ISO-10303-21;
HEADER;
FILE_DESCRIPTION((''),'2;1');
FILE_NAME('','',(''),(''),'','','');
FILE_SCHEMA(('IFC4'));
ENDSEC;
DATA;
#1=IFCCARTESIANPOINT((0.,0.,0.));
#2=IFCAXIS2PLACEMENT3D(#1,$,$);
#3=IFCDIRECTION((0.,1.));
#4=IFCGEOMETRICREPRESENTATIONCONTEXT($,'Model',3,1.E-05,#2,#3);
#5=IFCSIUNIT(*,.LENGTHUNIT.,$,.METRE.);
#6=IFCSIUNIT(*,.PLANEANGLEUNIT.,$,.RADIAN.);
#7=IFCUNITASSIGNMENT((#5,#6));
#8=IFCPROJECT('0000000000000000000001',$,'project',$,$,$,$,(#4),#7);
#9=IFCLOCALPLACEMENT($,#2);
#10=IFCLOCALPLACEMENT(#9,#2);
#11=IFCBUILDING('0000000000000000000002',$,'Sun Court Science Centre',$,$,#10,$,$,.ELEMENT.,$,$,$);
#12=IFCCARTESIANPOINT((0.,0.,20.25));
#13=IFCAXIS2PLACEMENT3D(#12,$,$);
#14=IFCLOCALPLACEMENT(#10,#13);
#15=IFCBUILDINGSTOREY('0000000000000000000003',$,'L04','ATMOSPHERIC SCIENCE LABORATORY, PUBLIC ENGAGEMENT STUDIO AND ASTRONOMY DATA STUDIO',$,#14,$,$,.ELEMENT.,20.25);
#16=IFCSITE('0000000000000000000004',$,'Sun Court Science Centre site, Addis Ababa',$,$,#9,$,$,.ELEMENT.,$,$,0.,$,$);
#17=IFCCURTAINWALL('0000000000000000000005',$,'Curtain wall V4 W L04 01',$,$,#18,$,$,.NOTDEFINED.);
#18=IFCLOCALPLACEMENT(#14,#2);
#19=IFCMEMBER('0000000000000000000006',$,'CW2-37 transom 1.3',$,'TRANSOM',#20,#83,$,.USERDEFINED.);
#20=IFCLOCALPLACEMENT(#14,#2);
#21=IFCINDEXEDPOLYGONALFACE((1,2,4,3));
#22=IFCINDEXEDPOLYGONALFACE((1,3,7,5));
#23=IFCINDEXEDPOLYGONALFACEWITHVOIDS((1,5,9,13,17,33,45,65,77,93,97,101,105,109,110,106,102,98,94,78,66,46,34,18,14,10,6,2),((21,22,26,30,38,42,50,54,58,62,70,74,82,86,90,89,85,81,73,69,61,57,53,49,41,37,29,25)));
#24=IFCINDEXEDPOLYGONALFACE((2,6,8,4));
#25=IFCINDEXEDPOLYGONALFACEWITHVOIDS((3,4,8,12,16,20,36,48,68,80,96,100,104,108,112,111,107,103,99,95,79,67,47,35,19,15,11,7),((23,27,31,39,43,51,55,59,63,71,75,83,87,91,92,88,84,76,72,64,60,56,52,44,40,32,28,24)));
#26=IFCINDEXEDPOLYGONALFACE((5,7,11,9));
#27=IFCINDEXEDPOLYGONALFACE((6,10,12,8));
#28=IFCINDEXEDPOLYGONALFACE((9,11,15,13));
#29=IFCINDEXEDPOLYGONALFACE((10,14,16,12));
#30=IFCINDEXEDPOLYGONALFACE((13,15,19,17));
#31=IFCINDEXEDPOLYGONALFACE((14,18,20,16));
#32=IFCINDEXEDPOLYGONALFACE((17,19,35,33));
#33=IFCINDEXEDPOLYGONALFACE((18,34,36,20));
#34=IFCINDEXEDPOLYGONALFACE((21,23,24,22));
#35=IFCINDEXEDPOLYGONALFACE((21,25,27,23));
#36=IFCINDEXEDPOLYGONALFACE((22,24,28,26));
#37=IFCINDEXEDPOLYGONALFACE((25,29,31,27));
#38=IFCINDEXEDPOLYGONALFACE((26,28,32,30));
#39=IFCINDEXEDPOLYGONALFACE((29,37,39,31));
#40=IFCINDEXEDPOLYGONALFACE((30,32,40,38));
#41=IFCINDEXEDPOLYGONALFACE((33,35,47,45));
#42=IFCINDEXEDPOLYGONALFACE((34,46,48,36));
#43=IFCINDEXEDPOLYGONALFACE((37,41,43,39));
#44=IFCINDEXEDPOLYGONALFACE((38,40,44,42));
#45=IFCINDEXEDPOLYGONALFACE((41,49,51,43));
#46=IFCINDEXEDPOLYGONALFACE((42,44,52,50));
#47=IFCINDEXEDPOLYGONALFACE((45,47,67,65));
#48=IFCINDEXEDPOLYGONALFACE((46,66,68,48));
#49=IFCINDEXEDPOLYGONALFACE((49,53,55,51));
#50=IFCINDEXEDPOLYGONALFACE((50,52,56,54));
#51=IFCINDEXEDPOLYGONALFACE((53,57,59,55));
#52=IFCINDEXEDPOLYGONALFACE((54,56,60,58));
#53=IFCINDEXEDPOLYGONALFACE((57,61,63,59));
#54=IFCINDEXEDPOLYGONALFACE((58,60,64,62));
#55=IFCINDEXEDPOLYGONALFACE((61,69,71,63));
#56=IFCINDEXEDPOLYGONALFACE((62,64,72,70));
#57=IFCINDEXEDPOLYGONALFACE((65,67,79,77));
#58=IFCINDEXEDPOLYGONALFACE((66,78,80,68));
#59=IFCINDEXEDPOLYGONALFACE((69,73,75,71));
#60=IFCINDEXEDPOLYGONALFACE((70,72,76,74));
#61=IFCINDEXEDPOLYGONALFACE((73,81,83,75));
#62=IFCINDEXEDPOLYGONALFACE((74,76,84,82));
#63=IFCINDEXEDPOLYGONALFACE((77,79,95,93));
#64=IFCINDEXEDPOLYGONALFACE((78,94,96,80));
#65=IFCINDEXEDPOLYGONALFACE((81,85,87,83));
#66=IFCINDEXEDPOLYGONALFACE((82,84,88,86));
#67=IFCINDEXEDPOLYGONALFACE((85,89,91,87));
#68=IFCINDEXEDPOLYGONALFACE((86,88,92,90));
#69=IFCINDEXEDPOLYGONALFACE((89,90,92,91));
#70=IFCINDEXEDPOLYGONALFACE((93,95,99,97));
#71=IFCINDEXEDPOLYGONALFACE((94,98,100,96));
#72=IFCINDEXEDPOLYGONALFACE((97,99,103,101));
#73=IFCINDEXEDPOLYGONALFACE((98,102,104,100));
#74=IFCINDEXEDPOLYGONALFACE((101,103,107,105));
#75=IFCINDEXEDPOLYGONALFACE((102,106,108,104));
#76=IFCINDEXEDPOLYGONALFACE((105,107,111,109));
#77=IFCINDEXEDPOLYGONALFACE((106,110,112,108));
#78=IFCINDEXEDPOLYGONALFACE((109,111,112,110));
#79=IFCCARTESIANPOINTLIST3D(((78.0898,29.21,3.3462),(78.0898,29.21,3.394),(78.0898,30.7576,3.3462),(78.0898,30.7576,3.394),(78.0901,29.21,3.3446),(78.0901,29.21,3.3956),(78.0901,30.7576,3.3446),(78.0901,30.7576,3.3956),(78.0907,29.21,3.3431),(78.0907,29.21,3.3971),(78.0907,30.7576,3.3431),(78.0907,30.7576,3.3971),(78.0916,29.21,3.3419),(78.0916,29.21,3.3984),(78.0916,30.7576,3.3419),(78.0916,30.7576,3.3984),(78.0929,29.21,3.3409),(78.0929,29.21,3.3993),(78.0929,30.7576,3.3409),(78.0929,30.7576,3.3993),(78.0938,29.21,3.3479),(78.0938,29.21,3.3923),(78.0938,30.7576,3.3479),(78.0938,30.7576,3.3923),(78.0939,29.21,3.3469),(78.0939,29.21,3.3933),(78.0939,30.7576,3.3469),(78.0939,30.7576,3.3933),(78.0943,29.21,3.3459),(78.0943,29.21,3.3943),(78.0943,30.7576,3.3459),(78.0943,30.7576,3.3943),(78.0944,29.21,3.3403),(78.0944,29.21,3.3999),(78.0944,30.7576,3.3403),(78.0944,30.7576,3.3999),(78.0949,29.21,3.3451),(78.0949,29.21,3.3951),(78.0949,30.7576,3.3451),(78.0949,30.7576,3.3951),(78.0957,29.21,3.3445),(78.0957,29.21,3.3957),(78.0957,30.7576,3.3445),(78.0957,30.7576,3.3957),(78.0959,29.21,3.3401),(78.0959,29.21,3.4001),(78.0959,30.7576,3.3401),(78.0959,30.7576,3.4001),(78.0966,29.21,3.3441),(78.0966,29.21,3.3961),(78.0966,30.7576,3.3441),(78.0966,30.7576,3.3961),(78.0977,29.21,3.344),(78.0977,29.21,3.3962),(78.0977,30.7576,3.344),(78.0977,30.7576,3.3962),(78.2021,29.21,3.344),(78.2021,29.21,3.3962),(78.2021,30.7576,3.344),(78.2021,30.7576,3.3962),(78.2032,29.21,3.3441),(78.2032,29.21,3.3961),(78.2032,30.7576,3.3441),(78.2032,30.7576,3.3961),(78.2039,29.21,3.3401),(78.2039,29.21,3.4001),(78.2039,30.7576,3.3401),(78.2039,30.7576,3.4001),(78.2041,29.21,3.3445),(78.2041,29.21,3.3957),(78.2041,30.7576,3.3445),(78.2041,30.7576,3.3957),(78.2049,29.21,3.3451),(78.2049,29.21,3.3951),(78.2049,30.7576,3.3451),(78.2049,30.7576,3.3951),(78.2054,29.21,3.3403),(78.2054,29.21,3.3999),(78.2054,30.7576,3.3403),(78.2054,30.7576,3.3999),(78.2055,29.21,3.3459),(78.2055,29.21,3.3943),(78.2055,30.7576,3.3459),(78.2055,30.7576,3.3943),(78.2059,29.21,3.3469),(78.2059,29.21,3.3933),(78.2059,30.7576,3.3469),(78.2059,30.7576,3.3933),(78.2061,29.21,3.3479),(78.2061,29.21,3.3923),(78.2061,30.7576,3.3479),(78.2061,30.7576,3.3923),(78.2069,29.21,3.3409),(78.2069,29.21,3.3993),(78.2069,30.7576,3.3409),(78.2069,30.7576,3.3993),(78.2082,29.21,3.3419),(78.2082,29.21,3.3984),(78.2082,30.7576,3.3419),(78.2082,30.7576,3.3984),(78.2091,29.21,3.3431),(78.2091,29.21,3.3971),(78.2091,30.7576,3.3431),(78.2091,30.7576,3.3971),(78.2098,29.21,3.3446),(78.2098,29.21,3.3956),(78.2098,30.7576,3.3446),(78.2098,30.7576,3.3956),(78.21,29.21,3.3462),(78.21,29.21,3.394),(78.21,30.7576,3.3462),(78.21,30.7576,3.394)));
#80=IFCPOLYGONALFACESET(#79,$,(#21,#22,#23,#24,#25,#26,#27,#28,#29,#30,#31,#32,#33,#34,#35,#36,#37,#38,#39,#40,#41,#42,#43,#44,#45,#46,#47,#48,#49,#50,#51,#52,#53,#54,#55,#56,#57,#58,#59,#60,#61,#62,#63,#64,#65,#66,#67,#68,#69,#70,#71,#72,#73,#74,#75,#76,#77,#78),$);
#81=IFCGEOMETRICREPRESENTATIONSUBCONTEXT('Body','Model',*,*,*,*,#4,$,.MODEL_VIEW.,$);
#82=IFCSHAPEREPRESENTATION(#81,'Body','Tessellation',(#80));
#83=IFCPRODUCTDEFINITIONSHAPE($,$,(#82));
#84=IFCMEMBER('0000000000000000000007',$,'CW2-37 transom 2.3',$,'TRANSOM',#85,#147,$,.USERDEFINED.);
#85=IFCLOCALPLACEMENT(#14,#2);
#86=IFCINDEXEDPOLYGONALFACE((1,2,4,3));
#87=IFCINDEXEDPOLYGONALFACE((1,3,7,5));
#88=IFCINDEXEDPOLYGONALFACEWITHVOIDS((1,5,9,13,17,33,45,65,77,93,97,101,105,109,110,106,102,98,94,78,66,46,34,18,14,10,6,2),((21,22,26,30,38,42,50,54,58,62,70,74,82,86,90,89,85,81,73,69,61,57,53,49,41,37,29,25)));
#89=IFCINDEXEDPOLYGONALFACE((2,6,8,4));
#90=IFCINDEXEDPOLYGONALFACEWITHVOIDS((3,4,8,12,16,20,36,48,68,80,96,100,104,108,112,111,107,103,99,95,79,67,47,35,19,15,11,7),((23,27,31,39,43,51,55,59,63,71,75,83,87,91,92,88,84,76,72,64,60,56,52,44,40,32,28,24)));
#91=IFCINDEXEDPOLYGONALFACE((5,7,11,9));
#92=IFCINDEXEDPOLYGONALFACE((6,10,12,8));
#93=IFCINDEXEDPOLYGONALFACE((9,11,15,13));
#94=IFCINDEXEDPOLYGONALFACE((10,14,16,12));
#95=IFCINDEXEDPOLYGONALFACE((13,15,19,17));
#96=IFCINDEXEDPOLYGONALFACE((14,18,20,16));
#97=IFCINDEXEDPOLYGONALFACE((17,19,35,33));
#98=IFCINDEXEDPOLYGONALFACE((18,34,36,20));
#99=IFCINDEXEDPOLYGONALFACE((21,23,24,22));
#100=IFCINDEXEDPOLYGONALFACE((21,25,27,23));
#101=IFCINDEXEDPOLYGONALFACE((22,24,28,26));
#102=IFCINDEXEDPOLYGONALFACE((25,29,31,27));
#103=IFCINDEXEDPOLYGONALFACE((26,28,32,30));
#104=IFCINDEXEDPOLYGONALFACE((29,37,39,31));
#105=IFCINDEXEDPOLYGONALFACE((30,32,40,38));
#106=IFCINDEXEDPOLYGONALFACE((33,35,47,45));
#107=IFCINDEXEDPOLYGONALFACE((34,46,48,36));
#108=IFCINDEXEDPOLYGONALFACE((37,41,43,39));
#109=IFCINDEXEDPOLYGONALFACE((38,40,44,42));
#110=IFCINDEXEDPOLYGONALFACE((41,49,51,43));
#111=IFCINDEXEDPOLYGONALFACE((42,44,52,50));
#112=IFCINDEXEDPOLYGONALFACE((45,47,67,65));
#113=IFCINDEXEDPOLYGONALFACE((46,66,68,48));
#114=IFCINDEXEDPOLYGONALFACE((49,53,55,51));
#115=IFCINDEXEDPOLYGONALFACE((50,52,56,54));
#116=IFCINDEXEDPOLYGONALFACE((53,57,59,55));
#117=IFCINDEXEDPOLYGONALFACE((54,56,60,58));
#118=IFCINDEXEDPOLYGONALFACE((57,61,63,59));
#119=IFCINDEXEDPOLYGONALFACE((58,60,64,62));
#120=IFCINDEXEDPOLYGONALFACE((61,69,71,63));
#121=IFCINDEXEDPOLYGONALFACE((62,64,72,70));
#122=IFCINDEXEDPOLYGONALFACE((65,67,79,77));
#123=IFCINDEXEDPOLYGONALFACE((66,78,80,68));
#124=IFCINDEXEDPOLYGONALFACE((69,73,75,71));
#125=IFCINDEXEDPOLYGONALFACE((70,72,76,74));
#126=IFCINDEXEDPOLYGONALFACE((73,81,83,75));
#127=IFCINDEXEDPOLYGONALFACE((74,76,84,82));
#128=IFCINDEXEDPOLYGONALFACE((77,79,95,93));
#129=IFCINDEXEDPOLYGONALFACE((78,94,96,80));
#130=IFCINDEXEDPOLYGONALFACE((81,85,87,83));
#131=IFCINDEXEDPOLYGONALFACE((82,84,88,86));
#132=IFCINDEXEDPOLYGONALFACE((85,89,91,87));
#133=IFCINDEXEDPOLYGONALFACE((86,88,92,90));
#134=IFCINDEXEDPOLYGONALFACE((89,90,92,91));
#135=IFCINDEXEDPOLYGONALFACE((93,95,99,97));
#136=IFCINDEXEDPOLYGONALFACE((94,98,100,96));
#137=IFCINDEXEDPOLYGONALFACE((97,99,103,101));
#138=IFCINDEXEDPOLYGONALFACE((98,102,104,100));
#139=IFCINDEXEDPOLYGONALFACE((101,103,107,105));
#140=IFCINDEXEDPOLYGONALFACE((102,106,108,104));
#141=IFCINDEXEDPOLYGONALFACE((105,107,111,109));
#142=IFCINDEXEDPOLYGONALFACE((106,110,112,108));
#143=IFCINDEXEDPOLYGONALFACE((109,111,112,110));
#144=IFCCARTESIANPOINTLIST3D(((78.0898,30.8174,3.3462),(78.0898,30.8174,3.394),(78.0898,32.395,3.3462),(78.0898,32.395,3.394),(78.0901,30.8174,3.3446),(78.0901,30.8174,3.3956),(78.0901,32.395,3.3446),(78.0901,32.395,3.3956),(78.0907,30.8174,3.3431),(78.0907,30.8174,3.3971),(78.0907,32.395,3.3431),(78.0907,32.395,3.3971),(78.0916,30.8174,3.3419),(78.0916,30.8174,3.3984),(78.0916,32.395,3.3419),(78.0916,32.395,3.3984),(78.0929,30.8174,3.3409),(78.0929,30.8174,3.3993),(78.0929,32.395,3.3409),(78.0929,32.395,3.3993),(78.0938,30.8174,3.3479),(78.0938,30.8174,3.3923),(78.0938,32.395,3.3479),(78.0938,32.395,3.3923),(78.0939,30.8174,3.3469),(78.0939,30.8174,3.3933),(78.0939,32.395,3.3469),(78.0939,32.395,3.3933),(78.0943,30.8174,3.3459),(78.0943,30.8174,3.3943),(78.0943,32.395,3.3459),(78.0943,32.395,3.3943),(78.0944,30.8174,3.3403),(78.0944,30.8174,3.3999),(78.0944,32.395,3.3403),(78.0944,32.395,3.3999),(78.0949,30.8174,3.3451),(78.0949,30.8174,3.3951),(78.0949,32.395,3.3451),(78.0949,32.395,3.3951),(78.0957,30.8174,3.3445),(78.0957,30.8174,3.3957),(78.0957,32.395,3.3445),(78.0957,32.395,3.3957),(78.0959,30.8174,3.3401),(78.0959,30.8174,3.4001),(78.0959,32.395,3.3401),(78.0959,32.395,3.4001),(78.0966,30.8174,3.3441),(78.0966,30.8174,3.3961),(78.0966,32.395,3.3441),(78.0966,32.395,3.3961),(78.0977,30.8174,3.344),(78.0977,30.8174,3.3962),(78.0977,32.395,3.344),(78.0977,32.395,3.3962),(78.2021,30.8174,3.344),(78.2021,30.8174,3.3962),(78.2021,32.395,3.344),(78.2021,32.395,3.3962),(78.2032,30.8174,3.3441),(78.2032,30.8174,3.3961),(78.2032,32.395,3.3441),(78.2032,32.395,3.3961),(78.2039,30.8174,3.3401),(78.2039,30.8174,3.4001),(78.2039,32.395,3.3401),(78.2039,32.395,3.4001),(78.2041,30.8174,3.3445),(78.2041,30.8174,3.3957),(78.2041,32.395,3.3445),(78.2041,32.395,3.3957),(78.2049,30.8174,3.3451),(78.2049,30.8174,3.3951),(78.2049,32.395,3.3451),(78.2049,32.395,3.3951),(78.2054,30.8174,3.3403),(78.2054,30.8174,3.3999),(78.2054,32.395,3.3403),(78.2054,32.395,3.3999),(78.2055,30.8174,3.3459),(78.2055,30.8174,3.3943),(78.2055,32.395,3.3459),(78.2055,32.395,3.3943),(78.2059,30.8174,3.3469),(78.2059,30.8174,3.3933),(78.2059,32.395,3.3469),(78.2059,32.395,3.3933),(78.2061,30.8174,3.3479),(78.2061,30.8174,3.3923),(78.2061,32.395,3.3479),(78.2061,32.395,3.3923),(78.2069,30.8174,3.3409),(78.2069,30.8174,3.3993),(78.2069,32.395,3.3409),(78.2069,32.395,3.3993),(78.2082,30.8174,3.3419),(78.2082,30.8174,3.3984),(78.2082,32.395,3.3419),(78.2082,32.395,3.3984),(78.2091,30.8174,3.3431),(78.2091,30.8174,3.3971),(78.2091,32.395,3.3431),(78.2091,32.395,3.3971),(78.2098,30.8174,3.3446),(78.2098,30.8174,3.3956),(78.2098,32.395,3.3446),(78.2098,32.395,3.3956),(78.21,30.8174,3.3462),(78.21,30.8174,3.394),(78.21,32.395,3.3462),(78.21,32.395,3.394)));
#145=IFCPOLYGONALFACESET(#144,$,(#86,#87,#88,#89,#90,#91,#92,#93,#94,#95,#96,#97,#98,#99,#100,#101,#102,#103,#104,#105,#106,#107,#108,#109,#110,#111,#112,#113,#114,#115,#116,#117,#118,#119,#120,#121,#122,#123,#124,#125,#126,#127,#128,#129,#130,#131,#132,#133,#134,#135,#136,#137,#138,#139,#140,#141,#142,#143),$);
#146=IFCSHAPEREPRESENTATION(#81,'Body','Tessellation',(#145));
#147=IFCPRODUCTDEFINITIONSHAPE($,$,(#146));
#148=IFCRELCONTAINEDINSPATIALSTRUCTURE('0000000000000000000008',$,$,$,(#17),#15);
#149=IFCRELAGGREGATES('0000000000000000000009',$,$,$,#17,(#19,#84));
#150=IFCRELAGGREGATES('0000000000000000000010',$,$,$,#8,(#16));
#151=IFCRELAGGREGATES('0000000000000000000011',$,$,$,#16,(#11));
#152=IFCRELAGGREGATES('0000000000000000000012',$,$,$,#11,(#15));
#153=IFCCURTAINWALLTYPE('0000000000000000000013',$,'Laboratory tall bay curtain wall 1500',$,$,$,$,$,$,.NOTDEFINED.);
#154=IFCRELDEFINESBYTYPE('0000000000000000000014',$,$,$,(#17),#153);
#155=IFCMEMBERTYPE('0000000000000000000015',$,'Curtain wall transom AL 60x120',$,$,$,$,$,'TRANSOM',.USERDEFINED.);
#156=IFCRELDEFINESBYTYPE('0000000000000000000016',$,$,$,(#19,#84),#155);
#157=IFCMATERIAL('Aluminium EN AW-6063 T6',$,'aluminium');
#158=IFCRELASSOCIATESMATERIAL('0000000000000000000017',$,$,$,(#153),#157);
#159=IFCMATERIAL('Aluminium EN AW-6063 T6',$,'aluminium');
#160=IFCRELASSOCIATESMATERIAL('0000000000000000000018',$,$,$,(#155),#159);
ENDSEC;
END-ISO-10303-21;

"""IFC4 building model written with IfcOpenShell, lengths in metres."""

from ifc_helpers import new_model, si_unit, direction, frame, origin, origin_2d, place, context, subcontext, project, spatial, hollow_rectangle, extrude, material, material_profile, profile_set, type_object, element, aggregate, save


model = new_model("IFC4")

# Units and contexts
model_context = context("Model", 3, precision=1e-05, world=origin(), true_north=direction((0.0, 1.0)))
body_context = subcontext(model_context, "Body", "Model", "MODEL_VIEW")
ifc_project = project(units=[si_unit("LENGTHUNIT", "METRE"), si_unit("PLANEANGLEUNIT", "RADIAN")], contexts=[model_context])

# Site, building, storey
site_placement = place(None, origin())
site = spatial("IfcSite", under=ifc_project, at=site_placement, Name="Sun Court Science Centre site, Addis Ababa", CompositionType="ELEMENT", RefElevation=0.0)
building_placement = place(site_placement, origin())
building = spatial("IfcBuilding", under=site, at=building_placement, Name="Sun Court Science Centre", CompositionType="ELEMENT")
storey_placement = place(building_placement, frame((0.0, 0.0, 20.25)))
storey = spatial("IfcBuildingStorey", under=building, at=storey_placement, Name="L04", Description="ATMOSPHERIC SCIENCE LABORATORY, PUBLIC ENGAGEMENT STUDIO AND ASTRONOMY DATA STUDIO", CompositionType="ELEMENT", Elevation=20.25)

# Curtain wall, members
ifc_material_1 = material(Name="Aluminium EN AW-6063 T6", Category="aluminium")
curtain_wall_type = type_object("IfcCurtainWallType", Name="Laboratory tall bay curtain wall 1500", PredefinedType="NOTDEFINED", material=ifc_material_1)
curtain_wall_placement = place(storey_placement, origin())
curtain_wall = element("IfcCurtainWall", 1, at=curtain_wall_placement, inside=storey, type_object=curtain_wall_type, Name="Curtain wall V4 W L04 01", PredefinedType="NOTDEFINED")
ifc_material_2 = material(Name="Aluminium EN AW-6063 T6", Category="aluminium")
ifc_material_profile_1 = material_profile(ifc_material_2, hollow_rectangle(XDim=0.0601, YDim=0.1201, WallThickness=0.0039, InnerFilletRadius=0.0039, OuterFilletRadius=0.0061, at=origin_2d()), Name="AL 60x120x4")
ifc_profile_set_1 = profile_set([ifc_material_profile_1], Name="Aluminium EN AW-6063 T6")
member_type_1 = type_object("IfcMemberType", Name="Curtain wall transom AL 60x120", ElementType="TRANSOM", PredefinedType="USERDEFINED", material=ifc_profile_set_1)
member_1_placement = place(storey_placement, frame((78.1499, 29.21, 3.3701), z_axis=(0.0, 1.0, 0.0), x_axis=(0.0, 0.0, 1.0)))
member_1 = element("IfcMember", 2, at=member_1_placement, type_object=member_type_1, Name="CW2-37 transom 1.3", ObjectType="TRANSOM", PredefinedType="USERDEFINED", context=body_context, shape_type="SweptSolid", body=[
    extrude(hollow_rectangle(XDim=0.0601, YDim=0.1201, WallThickness=0.0039, InnerFilletRadius=0.0039, OuterFilletRadius=0.0061, at=origin_2d()), origin(), (0.0, 0.0, 1.0), 1.5476),
])
member_2_placement = place(storey_placement, frame((78.1499, 30.8174, 3.3701), z_axis=(0.0, 1.0, 0.0), x_axis=(0.0, 0.0, 1.0)))
member_2 = element("IfcMember", 3, at=member_2_placement, type_object=member_type_1, Name="CW2-37 transom 2.3", ObjectType="TRANSOM", PredefinedType="USERDEFINED", context=body_context, shape_type="SweptSolid", body=[
    extrude(hollow_rectangle(XDim=0.0601, YDim=0.1201, WallThickness=0.0039, InnerFilletRadius=0.0039, OuterFilletRadius=0.0061, at=origin_2d()), origin(), (0.0, 0.0, 1.0), 1.5776),
])
aggregate(curtain_wall, [member_1, member_2])

save(model, "model.ifc")
